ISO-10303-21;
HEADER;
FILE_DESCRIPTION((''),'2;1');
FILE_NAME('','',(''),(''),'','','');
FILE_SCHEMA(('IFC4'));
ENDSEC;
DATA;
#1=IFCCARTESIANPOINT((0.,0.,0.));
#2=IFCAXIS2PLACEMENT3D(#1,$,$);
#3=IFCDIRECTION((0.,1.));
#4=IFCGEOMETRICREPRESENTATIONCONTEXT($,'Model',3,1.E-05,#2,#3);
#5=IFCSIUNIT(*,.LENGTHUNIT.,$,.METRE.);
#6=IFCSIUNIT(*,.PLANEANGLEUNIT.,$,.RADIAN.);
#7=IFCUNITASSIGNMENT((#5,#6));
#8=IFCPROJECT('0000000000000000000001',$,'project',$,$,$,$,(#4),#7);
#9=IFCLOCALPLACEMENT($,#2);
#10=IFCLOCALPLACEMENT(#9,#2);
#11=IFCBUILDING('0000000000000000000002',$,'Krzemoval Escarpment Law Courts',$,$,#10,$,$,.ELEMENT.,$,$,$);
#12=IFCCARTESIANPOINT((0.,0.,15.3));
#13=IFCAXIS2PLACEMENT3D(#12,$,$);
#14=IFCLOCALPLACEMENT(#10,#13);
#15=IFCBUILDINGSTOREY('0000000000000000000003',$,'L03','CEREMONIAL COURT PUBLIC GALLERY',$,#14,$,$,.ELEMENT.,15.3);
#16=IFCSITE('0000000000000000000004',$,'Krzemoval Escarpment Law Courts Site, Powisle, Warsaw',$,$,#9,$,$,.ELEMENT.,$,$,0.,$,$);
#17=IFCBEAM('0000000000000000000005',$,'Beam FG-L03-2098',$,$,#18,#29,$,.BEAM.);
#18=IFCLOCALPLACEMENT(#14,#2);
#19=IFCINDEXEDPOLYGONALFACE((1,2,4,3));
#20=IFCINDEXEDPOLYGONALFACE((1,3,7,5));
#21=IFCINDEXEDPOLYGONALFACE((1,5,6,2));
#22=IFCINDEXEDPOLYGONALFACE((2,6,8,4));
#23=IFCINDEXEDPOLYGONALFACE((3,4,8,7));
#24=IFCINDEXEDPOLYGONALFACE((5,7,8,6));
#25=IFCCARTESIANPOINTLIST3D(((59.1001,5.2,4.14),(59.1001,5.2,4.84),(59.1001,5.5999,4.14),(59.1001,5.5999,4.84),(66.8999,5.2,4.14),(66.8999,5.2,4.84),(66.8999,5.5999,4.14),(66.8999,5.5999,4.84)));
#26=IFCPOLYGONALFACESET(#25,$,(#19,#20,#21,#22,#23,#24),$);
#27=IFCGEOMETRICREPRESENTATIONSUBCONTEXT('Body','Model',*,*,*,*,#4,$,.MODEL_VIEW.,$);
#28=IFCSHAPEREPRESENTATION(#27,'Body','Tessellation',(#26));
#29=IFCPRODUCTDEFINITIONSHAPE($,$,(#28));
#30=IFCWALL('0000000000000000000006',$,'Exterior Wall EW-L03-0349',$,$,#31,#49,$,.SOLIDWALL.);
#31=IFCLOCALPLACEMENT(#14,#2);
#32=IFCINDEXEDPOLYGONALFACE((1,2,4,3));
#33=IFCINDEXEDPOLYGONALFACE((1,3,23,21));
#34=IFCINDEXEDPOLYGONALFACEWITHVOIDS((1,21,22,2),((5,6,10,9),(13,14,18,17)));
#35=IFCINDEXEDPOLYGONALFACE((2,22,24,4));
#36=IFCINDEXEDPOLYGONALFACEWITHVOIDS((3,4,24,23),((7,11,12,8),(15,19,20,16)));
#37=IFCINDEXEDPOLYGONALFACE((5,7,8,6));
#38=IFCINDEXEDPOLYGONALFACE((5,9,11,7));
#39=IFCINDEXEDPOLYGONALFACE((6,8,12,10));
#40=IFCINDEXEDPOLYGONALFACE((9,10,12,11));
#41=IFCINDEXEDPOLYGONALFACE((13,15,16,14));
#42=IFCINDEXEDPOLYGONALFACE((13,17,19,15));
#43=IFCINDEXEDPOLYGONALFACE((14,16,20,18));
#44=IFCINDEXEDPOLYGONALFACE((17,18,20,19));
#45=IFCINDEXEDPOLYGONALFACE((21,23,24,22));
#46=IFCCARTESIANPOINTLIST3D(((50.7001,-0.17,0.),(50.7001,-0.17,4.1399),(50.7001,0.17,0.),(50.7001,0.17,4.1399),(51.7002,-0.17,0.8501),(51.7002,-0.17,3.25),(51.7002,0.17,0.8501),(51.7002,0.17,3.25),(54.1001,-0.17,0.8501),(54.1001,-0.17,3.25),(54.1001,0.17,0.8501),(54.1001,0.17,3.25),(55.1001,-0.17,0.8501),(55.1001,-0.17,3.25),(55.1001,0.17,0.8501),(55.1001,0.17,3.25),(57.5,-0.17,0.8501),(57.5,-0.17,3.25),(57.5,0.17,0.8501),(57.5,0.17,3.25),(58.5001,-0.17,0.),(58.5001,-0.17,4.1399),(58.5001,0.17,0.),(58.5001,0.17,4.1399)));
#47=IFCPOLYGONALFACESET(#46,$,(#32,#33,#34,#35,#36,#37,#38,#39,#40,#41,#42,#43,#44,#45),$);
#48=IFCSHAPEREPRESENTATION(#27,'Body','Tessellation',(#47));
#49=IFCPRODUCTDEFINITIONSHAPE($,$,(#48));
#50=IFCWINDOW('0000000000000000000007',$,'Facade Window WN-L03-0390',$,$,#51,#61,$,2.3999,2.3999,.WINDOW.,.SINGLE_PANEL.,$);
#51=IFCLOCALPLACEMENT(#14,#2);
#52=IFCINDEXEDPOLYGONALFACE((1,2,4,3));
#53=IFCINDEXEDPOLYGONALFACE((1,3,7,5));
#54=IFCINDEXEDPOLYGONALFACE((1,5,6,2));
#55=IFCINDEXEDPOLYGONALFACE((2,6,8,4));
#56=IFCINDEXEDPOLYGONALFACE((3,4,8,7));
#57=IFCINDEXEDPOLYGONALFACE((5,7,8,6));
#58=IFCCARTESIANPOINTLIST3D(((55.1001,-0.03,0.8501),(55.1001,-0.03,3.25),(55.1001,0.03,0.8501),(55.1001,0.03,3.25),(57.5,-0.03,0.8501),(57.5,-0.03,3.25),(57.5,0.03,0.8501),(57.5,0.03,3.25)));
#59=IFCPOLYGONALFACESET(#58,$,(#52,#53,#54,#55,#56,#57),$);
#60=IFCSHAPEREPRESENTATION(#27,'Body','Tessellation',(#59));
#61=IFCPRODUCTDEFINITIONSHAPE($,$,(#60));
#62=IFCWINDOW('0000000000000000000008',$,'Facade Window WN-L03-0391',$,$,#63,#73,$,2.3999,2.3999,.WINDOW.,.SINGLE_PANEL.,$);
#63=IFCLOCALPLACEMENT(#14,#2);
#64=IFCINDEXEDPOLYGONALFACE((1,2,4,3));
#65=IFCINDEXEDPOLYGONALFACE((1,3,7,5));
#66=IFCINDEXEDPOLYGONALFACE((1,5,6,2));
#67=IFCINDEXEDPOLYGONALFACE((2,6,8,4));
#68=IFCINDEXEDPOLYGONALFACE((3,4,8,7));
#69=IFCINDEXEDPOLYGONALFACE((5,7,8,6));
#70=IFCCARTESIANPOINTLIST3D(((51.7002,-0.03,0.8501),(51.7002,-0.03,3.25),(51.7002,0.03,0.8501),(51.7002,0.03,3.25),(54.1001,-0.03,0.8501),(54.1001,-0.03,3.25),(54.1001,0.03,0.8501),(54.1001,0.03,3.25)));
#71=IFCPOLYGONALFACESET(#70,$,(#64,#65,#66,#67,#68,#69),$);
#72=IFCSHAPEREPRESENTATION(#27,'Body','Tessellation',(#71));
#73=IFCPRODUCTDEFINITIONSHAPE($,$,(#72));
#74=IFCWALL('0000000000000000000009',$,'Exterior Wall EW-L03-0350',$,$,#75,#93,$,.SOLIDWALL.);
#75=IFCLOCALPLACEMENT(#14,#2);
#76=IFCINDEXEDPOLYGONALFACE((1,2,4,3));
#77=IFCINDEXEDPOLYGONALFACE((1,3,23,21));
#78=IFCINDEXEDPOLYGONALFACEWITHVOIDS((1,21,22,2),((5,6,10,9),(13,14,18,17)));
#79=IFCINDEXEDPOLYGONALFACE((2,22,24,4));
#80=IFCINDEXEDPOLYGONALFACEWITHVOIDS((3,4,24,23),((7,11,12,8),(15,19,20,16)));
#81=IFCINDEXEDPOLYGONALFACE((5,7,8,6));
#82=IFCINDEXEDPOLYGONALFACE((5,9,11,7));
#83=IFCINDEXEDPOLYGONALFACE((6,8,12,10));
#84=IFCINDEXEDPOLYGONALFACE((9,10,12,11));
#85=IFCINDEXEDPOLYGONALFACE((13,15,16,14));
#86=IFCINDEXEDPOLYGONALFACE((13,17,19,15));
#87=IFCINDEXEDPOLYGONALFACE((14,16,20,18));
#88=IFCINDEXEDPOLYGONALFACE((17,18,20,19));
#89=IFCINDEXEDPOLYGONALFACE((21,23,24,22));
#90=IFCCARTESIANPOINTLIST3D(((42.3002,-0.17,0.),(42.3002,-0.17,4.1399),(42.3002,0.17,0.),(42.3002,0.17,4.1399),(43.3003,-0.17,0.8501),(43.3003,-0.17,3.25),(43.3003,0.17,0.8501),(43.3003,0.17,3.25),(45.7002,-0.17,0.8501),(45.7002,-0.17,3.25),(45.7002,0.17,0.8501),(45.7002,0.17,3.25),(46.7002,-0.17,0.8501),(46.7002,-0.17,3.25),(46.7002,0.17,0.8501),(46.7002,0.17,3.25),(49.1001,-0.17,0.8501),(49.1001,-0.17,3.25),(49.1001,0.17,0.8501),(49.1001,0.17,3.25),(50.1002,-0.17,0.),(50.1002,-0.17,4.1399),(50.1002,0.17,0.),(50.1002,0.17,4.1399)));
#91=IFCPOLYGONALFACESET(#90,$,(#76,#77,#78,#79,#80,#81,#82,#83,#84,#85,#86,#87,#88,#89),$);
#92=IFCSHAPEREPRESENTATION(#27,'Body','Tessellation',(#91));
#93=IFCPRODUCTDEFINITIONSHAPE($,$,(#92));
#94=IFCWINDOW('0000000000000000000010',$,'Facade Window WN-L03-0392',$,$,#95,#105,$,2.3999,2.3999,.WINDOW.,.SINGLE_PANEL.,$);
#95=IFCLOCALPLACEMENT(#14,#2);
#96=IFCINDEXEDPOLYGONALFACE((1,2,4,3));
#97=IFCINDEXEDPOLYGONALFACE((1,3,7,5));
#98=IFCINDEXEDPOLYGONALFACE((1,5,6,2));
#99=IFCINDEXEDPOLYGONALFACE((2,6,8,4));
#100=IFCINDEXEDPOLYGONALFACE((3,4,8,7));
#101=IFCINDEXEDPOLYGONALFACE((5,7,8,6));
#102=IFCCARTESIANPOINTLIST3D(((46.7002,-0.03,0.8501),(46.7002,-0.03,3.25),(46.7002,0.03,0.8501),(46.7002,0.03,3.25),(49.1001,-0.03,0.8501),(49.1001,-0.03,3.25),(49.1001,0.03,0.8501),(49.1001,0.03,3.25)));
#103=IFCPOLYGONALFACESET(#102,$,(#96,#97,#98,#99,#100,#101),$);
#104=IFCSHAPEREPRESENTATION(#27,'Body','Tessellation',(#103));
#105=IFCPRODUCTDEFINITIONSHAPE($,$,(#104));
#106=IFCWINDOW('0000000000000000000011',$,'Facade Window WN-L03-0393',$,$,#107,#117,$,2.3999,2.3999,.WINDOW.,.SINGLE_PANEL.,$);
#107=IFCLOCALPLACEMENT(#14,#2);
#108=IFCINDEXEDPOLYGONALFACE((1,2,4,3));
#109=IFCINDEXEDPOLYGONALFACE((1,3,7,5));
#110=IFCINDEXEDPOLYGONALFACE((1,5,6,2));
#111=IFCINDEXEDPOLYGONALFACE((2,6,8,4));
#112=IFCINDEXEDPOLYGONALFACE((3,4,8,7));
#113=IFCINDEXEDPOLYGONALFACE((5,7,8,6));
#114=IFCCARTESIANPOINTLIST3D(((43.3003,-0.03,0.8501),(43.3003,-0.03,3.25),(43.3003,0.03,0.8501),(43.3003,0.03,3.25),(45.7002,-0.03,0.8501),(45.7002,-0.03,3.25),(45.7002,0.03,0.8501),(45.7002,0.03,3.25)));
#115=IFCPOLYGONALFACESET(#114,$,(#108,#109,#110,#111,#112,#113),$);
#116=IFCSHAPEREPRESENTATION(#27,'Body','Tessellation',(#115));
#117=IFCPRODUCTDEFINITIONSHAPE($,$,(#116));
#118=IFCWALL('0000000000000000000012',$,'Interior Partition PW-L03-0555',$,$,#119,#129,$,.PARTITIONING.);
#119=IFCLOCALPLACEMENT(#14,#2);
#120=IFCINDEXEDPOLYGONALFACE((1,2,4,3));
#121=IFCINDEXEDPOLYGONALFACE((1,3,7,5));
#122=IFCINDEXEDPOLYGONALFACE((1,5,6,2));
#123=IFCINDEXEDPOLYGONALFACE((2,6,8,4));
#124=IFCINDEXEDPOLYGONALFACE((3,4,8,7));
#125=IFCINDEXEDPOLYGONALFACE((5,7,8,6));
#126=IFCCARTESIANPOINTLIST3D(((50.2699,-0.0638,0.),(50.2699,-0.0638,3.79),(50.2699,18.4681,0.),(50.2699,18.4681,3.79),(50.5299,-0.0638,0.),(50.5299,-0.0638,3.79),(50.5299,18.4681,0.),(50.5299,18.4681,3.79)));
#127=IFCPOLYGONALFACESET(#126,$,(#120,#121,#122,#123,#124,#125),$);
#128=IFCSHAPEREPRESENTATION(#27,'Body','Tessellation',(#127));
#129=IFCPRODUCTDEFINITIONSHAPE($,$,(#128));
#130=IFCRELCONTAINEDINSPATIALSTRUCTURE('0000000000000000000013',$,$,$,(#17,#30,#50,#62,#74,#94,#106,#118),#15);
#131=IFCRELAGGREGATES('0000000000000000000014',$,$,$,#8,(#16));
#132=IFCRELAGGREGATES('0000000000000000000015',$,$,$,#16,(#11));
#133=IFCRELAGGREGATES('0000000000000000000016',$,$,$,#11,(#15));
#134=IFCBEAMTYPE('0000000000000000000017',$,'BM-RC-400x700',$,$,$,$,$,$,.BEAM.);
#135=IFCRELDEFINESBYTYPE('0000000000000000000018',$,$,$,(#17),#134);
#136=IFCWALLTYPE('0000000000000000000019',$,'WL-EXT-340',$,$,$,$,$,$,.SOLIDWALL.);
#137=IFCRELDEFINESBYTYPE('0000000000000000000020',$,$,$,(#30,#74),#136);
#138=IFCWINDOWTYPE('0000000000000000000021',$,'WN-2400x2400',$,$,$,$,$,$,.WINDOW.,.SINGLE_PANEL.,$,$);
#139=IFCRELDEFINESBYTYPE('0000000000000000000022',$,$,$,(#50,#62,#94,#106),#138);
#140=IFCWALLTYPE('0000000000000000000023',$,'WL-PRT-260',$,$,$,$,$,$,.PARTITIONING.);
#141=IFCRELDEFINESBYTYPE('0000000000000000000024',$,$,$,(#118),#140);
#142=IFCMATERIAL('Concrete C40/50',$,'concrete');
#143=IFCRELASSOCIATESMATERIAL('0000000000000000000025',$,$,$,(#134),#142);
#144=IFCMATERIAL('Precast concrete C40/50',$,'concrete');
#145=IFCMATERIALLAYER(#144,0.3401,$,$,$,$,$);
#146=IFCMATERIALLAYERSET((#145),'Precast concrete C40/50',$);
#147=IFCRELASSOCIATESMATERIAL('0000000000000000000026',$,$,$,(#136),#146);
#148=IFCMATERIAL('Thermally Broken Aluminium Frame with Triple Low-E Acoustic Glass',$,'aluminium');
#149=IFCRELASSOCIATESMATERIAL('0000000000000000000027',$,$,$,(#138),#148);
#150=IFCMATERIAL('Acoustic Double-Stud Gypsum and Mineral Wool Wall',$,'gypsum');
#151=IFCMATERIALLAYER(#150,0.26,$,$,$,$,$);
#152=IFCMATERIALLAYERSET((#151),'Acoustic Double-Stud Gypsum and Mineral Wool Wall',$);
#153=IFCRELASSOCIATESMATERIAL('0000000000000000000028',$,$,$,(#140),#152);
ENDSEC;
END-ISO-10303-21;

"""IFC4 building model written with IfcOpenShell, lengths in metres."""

from ifc_helpers import new_model, si_unit, direction, frame, frame_2d, origin, origin_2d, place, context, subcontext, project, spatial, rectangle, extrude, material, layer, layer_set, material_profile, profile_set, type_object, element, fill, save


model = new_model("IFC4")

# Units and contexts
model_context = context("Model", 3, precision=1e-05, world=origin(), true_north=direction((0.0, 1.0)))
body_context = subcontext(model_context, "Body", "Model", "MODEL_VIEW")
ifc_project = project(units=[si_unit("LENGTHUNIT", "METRE"), si_unit("PLANEANGLEUNIT", "RADIAN")], contexts=[model_context])

# Site, building, storey
site_placement = place(None, origin())
site = spatial("IfcSite", under=ifc_project, at=site_placement, Name="Krzemoval Escarpment Law Courts Site, Powisle, Warsaw", CompositionType="ELEMENT", RefElevation=0.0)
building_placement = place(site_placement, origin())
building = spatial("IfcBuilding", under=site, at=building_placement, Name="Krzemoval Escarpment Law Courts", CompositionType="ELEMENT")
storey_placement = place(building_placement, frame((0.0, 0.0, 15.3)))
storey = spatial("IfcBuildingStorey", under=building, at=storey_placement, Name="L03", Description="CEREMONIAL COURT PUBLIC GALLERY", CompositionType="ELEMENT", Elevation=15.3)

# Beam
ifc_material_1 = material(Name="Concrete C40/50", Category="concrete")
ifc_material_profile_1 = material_profile(ifc_material_1, rectangle(XDim=0.3999, YDim=0.7, at=origin_2d()), Name="RCB 400x700")
ifc_profile_set_1 = profile_set([ifc_material_profile_1], Name="Concrete C40/50")
beam_type_1 = type_object("IfcBeamType", Name="BM-RC-400x700", PredefinedType="BEAM", material=ifc_profile_set_1)
beam_1_placement = place(storey_placement, frame((59.1001, 5.3999, 4.49), z_axis=(1.0, 0.0, 0.0), x_axis=(0.0, 1.0, 0.0)))
element("IfcBeam", 1, at=beam_1_placement, inside=storey, type_object=beam_type_1, Name="Beam FG-L03-2098", PredefinedType="BEAM", context=body_context, shape_type="SweptSolid", body=[
    extrude(rectangle(XDim=0.3999, YDim=0.7, at=origin_2d()), origin(), (0.0, 0.0, 1.0), 7.7998),
])

# Walls, openings, windows
ifc_material_2 = material(Name="Precast concrete C40/50", Category="concrete")
ifc_layer_1 = layer(ifc_material_2, 0.3401)
ifc_layer_set_1 = layer_set([ifc_layer_1], Name="Precast concrete C40/50")
wall_type_1 = type_object("IfcWallType", Name="WL-EXT-340", PredefinedType="SOLIDWALL", material=ifc_layer_set_1)
wall_1_placement = place(storey_placement, frame((58.5, 0.0, 0.0), z_axis=(0.0, 0.0, 1.0), x_axis=(-1.0, 0.0, 0.0)))
wall_1 = element("IfcWall", 2, at=wall_1_placement, inside=storey, type_object=wall_type_1, Name="Exterior Wall EW-L03-0349", PredefinedType="SOLIDWALL", context=body_context, shape_type="SweptSolid", body=[
    extrude(rectangle(XDim=7.8, YDim=0.3401, at=frame_2d((3.8999, 0.0))), origin(), (0.0, 0.0, 1.0), 4.1399),
])
opening_1_placement = place(wall_1_placement, frame((1.0, 0.0, 0.8501)))
opening_1 = element("IfcOpeningElement", 3, at=opening_1_placement, cuts=wall_1, PredefinedType="OPENING", context=body_context, shape_type="SweptSolid", body=[
    extrude(rectangle(XDim=2.3999, YDim=2.3999, at=frame_2d((1.2, 1.2))), frame((0.0, 0.185, 0.0), z_axis=(0.0, -1.0, 0.0), x_axis=(1.0, 0.0, 0.0)), (0.0, 0.0, 1.0), 0.3701),
])
opening_2_placement = place(wall_1_placement, frame((4.3999, 0.0, 0.8501)))
opening_2 = element("IfcOpeningElement", 4, at=opening_2_placement, cuts=wall_1, PredefinedType="OPENING", context=body_context, shape_type="SweptSolid", body=[
    extrude(rectangle(XDim=2.3999, YDim=2.3999, at=frame_2d((1.2, 1.2))), frame((0.0, 0.185, 0.0), z_axis=(0.0, -1.0, 0.0), x_axis=(1.0, 0.0, 0.0)), (0.0, 0.0, 1.0), 0.3701),
])
ifc_material_3 = material(Name="Thermally Broken Aluminium Frame with Triple Low-E Acoustic Glass", Category="aluminium")
window_type = type_object("IfcWindowType", Name="WN-2400x2400", PartitioningType="SINGLE_PANEL", PredefinedType="WINDOW", material=ifc_material_3)
window_1_placement = place(opening_1_placement, origin())
window_1 = element("IfcWindow", 5, at=window_1_placement, inside=storey, type_object=window_type, Name="Facade Window WN-L03-0390", OverallHeight=2.3999, OverallWidth=2.3999, PartitioningType="SINGLE_PANEL", PredefinedType="WINDOW", context=body_context, shape_type="SweptSolid", body=[
    extrude(rectangle(XDim=2.3999, YDim=2.3999, at=frame_2d((1.2, 1.2))), frame((0.0, 0.03, 0.0), z_axis=(0.0, -1.0, 0.0), x_axis=(1.0, 0.0, 0.0)), (0.0, 0.0, 1.0), 0.0601),
])
fill(opening_1, window_1)
window_2_placement = place(opening_2_placement, origin())
window_2 = element("IfcWindow", 6, at=window_2_placement, inside=storey, type_object=window_type, Name="Facade Window WN-L03-0391", OverallHeight=2.3999, OverallWidth=2.3999, PartitioningType="SINGLE_PANEL", PredefinedType="WINDOW", context=body_context, shape_type="SweptSolid", body=[
    extrude(rectangle(XDim=2.3999, YDim=2.3999, at=frame_2d((1.2, 1.2))), frame((0.0, 0.03, 0.0), z_axis=(0.0, -1.0, 0.0), x_axis=(1.0, 0.0, 0.0)), (0.0, 0.0, 1.0), 0.0601),
])
fill(opening_2, window_2)
wall_2_placement = place(storey_placement, frame((50.1001, 0.0, 0.0), z_axis=(0.0, 0.0, 1.0), x_axis=(-1.0, 0.0, 0.0)))
wall_2 = element("IfcWall", 7, at=wall_2_placement, inside=storey, type_object=wall_type_1, Name="Exterior Wall EW-L03-0350", PredefinedType="SOLIDWALL", context=body_context, shape_type="SweptSolid", body=[
    extrude(rectangle(XDim=7.8, YDim=0.3401, at=frame_2d((3.8999, 0.0))), origin(), (0.0, 0.0, 1.0), 4.1399),
])
opening_3_placement = place(wall_2_placement, frame((1.0, 0.0, 0.8501)))
opening_3 = element("IfcOpeningElement", 8, at=opening_3_placement, cuts=wall_2, PredefinedType="OPENING", context=body_context, shape_type="SweptSolid", body=[
    extrude(rectangle(XDim=2.3999, YDim=2.3999, at=frame_2d((1.2, 1.2))), frame((0.0, 0.185, 0.0), z_axis=(0.0, -1.0, 0.0), x_axis=(1.0, 0.0, 0.0)), (0.0, 0.0, 1.0), 0.3701),
])
opening_4_placement = place(wall_2_placement, frame((4.3999, 0.0, 0.8501)))
opening_4 = element("IfcOpeningElement", 9, at=opening_4_placement, cuts=wall_2, PredefinedType="OPENING", context=body_context, shape_type="SweptSolid", body=[
    extrude(rectangle(XDim=2.3999, YDim=2.3999, at=frame_2d((1.2, 1.2))), frame((0.0, 0.185, 0.0), z_axis=(0.0, -1.0, 0.0), x_axis=(1.0, 0.0, 0.0)), (0.0, 0.0, 1.0), 0.3701),
])
window_3_placement = place(opening_3_placement, origin())
window_3 = element("IfcWindow", 10, at=window_3_placement, inside=storey, type_object=window_type, Name="Facade Window WN-L03-0392", OverallHeight=2.3999, OverallWidth=2.3999, PartitioningType="SINGLE_PANEL", PredefinedType="WINDOW", context=body_context, shape_type="SweptSolid", body=[
    extrude(rectangle(XDim=2.3999, YDim=2.3999, at=frame_2d((1.2, 1.2))), frame((0.0, 0.03, 0.0), z_axis=(0.0, -1.0, 0.0), x_axis=(1.0, 0.0, 0.0)), (0.0, 0.0, 1.0), 0.0601),
])
fill(opening_3, window_3)
window_4_placement = place(opening_4_placement, origin())
window_4 = element("IfcWindow", 11, at=window_4_placement, inside=storey, type_object=window_type, Name="Facade Window WN-L03-0393", OverallHeight=2.3999, OverallWidth=2.3999, PartitioningType="SINGLE_PANEL", PredefinedType="WINDOW", context=body_context, shape_type="SweptSolid", body=[
    extrude(rectangle(XDim=2.3999, YDim=2.3999, at=frame_2d((1.2, 1.2))), frame((0.0, 0.03, 0.0), z_axis=(0.0, -1.0, 0.0), x_axis=(1.0, 0.0, 0.0)), (0.0, 0.0, 1.0), 0.0601),
])
fill(opening_4, window_4)

# Wall
ifc_material_4 = material(Name="Acoustic Double-Stud Gypsum and Mineral Wool Wall", Category="gypsum")
ifc_layer_2 = layer(ifc_material_4, 0.26)
ifc_layer_set_2 = layer_set([ifc_layer_2], Name="Acoustic Double-Stud Gypsum and Mineral Wool Wall")
wall_type_2 = type_object("IfcWallType", Name="WL-PRT-260", PredefinedType="PARTITIONING", material=ifc_layer_set_2)
wall_3_placement = place(storey_placement, frame((50.3999, -0.064, 0.0), z_axis=(0.0, 0.0, 1.0), x_axis=(0.0, 1.0, 0.0)))
element("IfcWall", 12, at=wall_3_placement, inside=storey, type_object=wall_type_2, Name="Interior Partition PW-L03-0555", PredefinedType="PARTITIONING", context=body_context, shape_type="SweptSolid", body=[
    extrude(rectangle(XDim=18.532, YDim=0.26, at=frame_2d((9.2661, 0.0))), origin(), (0.0, 0.0, 1.0), 3.79),
])

save(model, "model.ifc")
